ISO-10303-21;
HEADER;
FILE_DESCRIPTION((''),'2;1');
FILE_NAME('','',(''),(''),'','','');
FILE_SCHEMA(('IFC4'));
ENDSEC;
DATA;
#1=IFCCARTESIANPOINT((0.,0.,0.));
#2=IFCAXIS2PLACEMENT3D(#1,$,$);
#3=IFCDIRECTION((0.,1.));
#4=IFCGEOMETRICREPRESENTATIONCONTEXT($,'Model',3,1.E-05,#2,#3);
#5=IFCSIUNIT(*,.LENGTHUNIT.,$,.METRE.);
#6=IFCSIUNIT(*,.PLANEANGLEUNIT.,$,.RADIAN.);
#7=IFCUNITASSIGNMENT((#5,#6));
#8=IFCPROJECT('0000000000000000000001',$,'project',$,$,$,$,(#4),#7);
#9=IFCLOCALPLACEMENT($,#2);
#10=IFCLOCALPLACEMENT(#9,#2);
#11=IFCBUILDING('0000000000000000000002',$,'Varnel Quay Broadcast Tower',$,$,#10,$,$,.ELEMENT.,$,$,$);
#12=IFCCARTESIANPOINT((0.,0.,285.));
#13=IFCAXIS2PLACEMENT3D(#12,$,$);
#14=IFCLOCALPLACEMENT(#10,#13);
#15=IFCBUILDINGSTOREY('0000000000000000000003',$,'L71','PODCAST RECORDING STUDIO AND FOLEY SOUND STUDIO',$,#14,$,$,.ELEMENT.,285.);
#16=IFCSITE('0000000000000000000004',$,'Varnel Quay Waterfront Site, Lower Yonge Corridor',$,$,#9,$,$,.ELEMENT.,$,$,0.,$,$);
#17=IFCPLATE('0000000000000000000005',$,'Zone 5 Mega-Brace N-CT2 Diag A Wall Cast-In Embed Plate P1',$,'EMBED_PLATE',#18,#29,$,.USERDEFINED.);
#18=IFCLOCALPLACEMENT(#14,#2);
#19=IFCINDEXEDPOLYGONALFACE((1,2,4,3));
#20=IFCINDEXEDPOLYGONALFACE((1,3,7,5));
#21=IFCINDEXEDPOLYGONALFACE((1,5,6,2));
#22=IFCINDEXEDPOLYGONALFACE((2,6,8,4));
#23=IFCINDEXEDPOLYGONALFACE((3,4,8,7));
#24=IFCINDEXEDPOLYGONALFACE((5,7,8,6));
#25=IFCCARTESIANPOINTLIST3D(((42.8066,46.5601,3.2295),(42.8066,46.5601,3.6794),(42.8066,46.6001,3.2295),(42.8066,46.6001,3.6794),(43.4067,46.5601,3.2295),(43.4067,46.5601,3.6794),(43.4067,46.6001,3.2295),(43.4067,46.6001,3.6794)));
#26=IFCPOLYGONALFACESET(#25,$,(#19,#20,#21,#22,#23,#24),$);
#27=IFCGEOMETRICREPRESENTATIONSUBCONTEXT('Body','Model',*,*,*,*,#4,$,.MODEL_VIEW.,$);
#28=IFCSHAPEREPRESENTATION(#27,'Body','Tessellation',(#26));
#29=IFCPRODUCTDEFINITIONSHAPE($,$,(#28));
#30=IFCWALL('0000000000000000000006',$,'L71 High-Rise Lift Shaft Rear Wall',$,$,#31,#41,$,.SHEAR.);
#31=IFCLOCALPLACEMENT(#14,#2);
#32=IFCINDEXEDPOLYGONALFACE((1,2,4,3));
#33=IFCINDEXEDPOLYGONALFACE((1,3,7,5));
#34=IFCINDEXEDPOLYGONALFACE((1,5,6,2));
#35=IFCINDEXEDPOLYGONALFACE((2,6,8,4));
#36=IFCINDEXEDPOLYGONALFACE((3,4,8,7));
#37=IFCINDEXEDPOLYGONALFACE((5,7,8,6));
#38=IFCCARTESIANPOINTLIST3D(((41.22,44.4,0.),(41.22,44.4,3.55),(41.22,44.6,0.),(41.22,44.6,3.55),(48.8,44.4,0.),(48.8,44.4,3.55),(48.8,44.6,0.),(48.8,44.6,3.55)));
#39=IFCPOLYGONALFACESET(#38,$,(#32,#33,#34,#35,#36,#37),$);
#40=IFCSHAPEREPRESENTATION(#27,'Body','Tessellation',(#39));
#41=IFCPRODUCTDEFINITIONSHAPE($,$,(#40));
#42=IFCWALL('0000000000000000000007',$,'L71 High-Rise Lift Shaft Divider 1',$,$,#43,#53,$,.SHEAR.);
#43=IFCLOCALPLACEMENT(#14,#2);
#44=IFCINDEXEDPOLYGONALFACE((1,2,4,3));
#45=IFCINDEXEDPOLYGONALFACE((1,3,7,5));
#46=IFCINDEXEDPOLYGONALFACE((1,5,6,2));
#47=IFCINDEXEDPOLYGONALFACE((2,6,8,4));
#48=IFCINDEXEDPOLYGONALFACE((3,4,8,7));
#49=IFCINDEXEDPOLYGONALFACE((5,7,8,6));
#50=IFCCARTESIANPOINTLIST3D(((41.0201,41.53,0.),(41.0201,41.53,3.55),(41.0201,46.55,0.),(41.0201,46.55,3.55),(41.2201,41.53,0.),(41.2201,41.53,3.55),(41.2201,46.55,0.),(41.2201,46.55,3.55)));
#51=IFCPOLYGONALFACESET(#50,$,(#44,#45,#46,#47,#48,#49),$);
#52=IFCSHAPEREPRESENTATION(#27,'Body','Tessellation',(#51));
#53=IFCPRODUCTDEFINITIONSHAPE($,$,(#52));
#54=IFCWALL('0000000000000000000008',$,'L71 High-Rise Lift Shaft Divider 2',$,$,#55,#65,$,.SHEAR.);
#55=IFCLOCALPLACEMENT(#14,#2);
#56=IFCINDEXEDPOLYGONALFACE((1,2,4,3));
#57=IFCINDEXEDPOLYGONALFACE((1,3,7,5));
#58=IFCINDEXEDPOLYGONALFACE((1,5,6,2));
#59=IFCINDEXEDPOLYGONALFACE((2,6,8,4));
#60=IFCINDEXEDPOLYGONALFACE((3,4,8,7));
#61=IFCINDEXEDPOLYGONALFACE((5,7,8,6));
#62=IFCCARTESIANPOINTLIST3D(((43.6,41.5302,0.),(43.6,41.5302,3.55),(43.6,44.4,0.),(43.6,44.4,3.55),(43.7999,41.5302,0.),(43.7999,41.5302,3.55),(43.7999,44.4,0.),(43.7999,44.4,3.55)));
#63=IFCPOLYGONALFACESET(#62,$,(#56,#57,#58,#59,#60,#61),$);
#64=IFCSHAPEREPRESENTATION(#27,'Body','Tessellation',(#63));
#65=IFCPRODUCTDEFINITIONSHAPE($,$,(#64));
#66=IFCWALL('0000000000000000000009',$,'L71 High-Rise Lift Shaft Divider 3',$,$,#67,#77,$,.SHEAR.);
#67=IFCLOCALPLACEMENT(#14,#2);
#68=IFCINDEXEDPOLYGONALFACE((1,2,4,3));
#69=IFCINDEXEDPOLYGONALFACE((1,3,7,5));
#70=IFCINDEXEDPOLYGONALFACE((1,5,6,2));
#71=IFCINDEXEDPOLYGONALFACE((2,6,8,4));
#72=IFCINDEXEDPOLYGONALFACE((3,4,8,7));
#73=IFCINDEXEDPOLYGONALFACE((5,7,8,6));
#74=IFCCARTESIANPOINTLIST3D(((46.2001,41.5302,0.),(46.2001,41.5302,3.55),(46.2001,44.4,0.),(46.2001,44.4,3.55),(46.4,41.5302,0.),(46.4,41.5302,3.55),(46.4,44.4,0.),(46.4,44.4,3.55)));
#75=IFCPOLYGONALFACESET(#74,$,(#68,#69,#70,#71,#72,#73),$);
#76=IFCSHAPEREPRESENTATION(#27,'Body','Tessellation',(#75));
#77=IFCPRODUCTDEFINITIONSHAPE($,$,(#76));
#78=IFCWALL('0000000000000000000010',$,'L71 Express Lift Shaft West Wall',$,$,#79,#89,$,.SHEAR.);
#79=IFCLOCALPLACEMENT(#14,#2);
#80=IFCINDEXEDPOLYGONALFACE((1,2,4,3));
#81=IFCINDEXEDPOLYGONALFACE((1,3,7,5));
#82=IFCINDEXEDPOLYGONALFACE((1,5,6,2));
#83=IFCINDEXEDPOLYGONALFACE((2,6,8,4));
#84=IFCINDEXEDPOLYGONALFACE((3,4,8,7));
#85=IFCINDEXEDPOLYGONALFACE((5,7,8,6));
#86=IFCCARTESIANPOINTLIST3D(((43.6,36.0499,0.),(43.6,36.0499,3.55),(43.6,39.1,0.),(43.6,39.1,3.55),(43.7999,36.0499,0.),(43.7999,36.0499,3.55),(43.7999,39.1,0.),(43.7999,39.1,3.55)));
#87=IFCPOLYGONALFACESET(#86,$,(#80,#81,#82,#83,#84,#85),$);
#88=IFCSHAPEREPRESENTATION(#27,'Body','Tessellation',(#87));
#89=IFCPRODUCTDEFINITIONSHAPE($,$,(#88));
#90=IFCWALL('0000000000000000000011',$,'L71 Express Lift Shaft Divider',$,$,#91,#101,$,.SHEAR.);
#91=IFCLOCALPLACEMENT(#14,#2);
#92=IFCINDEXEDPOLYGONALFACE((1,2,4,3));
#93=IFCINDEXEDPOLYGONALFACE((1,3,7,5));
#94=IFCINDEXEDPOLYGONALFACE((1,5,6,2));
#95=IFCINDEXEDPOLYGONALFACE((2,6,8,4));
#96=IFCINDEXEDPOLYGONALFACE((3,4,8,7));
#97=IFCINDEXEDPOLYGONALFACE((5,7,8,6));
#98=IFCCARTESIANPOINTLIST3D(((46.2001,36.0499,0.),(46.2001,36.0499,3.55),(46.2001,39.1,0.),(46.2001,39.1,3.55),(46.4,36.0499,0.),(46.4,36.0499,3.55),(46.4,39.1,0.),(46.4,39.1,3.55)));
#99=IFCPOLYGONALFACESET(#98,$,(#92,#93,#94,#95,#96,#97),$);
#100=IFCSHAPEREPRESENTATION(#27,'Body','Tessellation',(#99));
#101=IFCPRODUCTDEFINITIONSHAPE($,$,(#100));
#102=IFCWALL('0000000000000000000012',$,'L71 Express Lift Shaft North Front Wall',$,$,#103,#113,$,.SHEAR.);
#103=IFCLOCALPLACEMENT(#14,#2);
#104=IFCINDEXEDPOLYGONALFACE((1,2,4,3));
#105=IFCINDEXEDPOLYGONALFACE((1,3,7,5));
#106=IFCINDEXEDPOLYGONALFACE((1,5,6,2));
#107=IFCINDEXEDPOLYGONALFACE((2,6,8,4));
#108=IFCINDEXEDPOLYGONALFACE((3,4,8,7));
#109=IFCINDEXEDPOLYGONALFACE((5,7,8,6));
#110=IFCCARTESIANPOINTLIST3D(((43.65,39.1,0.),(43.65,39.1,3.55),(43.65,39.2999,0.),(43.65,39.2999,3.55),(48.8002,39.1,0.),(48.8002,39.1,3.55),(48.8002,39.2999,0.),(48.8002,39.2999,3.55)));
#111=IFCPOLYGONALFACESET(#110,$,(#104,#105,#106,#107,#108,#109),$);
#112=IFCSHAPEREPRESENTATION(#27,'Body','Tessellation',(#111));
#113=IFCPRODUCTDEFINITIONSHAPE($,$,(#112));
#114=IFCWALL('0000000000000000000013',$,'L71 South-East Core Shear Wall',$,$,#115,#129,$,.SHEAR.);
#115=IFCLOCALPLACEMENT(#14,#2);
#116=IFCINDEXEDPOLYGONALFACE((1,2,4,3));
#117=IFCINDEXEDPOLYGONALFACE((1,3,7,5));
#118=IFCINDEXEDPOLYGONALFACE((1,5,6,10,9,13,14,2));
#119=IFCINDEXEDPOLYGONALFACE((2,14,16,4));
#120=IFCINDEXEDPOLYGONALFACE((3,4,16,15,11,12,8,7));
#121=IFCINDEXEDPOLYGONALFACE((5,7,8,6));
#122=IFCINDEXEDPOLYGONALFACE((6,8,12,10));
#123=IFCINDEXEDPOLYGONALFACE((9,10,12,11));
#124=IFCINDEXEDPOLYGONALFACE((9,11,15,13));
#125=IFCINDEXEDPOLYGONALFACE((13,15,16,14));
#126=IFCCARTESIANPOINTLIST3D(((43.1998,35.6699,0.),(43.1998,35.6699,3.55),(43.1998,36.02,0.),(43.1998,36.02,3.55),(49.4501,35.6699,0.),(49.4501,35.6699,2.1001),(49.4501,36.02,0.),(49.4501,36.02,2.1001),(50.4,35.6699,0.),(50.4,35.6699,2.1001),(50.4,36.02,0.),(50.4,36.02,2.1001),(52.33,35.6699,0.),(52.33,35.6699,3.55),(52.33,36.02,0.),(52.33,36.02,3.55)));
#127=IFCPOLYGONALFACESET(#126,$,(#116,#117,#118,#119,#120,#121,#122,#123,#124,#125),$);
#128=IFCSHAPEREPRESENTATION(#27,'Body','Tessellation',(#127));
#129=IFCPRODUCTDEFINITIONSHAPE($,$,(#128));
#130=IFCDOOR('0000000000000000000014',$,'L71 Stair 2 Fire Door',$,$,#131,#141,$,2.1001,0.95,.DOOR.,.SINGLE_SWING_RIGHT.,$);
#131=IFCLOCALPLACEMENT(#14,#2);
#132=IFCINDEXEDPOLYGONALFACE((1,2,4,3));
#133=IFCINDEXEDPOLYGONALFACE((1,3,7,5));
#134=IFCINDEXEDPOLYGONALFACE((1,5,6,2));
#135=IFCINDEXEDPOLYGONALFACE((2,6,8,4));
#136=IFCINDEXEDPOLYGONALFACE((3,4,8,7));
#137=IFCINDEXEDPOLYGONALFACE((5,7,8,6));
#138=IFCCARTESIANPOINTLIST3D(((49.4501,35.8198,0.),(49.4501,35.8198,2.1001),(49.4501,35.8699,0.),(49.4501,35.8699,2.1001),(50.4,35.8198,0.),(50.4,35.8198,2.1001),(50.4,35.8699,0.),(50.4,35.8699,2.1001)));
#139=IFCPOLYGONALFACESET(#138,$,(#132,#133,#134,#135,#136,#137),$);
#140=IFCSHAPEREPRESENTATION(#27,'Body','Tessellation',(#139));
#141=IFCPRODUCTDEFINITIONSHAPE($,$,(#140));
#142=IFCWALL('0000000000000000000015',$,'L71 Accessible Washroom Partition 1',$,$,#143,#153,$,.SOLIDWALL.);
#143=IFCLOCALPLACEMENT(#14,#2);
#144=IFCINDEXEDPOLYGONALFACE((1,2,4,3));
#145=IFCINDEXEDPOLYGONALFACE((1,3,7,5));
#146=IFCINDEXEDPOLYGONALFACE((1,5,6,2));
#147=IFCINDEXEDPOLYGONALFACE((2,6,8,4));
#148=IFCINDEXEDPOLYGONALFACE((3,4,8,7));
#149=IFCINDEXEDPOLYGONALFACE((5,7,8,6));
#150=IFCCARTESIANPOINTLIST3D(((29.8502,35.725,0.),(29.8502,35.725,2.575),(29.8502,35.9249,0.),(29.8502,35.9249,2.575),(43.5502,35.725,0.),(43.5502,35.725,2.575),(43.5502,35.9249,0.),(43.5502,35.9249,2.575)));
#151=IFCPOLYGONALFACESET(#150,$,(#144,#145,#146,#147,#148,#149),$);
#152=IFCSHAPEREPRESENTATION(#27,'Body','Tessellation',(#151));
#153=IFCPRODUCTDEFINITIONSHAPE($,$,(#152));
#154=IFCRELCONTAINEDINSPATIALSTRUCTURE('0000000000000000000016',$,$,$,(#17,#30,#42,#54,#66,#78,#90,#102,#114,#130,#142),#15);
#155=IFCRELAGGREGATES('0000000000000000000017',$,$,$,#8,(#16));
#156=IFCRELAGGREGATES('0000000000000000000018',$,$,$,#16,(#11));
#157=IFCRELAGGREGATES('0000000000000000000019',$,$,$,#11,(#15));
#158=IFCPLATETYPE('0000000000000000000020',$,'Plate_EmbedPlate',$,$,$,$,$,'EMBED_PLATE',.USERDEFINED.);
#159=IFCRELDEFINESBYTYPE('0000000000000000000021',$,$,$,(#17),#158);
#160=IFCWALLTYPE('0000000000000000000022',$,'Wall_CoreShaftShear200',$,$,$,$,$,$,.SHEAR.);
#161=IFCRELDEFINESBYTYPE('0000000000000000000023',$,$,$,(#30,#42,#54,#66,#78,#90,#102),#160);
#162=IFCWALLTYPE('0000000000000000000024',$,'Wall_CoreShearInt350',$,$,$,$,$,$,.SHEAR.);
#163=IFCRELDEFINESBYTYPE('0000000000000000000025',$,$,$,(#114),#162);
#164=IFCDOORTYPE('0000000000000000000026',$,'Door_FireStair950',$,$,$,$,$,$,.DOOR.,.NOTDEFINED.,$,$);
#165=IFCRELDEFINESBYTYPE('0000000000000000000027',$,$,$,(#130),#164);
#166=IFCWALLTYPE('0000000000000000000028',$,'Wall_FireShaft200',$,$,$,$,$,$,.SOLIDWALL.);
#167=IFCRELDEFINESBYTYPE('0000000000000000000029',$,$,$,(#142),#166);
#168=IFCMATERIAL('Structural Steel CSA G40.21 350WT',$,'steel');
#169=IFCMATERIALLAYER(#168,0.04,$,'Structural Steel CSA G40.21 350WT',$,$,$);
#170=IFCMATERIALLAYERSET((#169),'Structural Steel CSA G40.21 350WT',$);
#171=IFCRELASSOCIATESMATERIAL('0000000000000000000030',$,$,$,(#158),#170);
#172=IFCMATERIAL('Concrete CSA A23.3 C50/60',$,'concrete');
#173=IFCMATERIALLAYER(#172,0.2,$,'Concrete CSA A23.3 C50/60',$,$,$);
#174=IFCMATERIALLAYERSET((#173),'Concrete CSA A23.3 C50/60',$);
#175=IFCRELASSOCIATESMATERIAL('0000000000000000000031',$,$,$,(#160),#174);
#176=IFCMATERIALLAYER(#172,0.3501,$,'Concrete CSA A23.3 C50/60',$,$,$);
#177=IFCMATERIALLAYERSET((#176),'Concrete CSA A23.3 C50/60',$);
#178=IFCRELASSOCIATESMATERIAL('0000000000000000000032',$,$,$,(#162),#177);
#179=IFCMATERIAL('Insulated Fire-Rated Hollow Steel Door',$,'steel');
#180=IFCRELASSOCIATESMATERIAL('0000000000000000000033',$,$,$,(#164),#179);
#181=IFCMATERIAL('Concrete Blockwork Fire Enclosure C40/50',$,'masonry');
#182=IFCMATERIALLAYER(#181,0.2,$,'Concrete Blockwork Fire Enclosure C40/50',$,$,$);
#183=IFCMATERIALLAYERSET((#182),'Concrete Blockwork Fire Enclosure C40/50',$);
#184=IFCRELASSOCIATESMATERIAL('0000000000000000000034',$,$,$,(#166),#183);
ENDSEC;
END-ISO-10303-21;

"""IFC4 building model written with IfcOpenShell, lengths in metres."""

from ifc_helpers import new_model, si_unit, direction, frame, frame_2d, origin, origin_2d, place, context, subcontext, project, spatial, rectangle, extrude, source, transform, mapped, material, layer, layer_set, type_object, type_shapes, element, fill, save


model = new_model("IFC4")

# Units and contexts
model_context = context("Model", 3, precision=1e-05, world=origin(), true_north=direction((0.0, 1.0)))
body_context = subcontext(model_context, "Body", "Model", "MODEL_VIEW")
ifc_project = project(units=[si_unit("LENGTHUNIT", "METRE"), si_unit("PLANEANGLEUNIT", "RADIAN")], contexts=[model_context])

# Site, building, storey
site_placement = place(None, origin())
site = spatial("IfcSite", under=ifc_project, at=site_placement, Name="Varnel Quay Waterfront Site, Lower Yonge Corridor", CompositionType="ELEMENT", RefElevation=0.0)
building_placement = place(site_placement, origin())
building = spatial("IfcBuilding", under=site, at=building_placement, Name="Varnel Quay Broadcast Tower", CompositionType="ELEMENT")
storey_placement = place(building_placement, frame((0.0, 0.0, 285.0)))
storey = spatial("IfcBuildingStorey", under=building, at=storey_placement, Name="L71", Description="PODCAST RECORDING STUDIO AND FOLEY SOUND STUDIO", CompositionType="ELEMENT", Elevation=285.0)

# Shared definitions
ifc_material_1 = material(Name="Structural Steel CSA G40.21 350WT", Category="steel")

# Shared definitions
ifc_material_2 = material(Name="Concrete CSA A23.3 C50/60", Category="concrete")

# Plate
ifc_layer_1 = layer(ifc_material_1, 0.04, Name="Structural Steel CSA G40.21 350WT")
ifc_layer_set_1 = layer_set([ifc_layer_1], Name="Structural Steel CSA G40.21 350WT")
plate_type = type_object("IfcPlateType", Name="Plate_EmbedPlate", ElementType="EMBED_PLATE", PredefinedType="USERDEFINED", material=ifc_layer_set_1)
shared_shape_1 = source(origin(), body_context, "Body", "SweptSolid", [
    extrude(rectangle(XDim=0.6001, YDim=0.04, at=origin_2d()), origin(), (0.0, 0.0, 1.0), 0.45),
])
type_shapes(plate_type, [shared_shape_1])
plate_placement = place(storey_placement, frame((43.1067, 46.5801, 3.2295), z_axis=(0.0, 0.0, 1.0), x_axis=(1.0, 0.0, 0.0)))
element("IfcPlate", 1, at=plate_placement, inside=storey, type_object=plate_type, Name="Zone 5 Mega-Brace N-CT2 Diag A Wall Cast-In Embed Plate P1", ObjectType="EMBED_PLATE", PredefinedType="USERDEFINED", context=body_context, shape_type="MappedRepresentation", body=[
    mapped(shared_shape_1, transform((0.0, 0.0, 0.0), x_axis=(1.0, 0.0, 0.0), y_axis=(0.0, 1.0, 0.0), z_axis=(0.0, 0.0, 1.0), scale=1.0)),
])

# Walls
ifc_layer_2 = layer(ifc_material_2, 0.2, Name="Concrete CSA A23.3 C50/60")
ifc_layer_set_2 = layer_set([ifc_layer_2], Name="Concrete CSA A23.3 C50/60")
wall_type_1 = type_object("IfcWallType", Name="Wall_CoreShaftShear200", PredefinedType="SHEAR", material=ifc_layer_set_2)
wall_1_placement = place(storey_placement, frame((41.22, 44.5, 0.0), z_axis=(0.0, 0.0, 1.0), x_axis=(1.0, 0.0, 0.0)))
element("IfcWall", 2, at=wall_1_placement, inside=storey, type_object=wall_type_1, Name="L71 High-Rise Lift Shaft Rear Wall", PredefinedType="SHEAR", context=body_context, shape_type="SweptSolid", body=[
    extrude(rectangle(XDim=7.5801, YDim=0.2, at=frame_2d((3.79, 0.0))), origin(), (0.0, 0.0, 1.0), 3.55),
])
wall_2_placement = place(storey_placement, frame((41.1201, 41.53, 0.0), z_axis=(0.0, 0.0, 1.0), x_axis=(0.0, 1.0, 0.0)))
element("IfcWall", 3, at=wall_2_placement, inside=storey, type_object=wall_type_1, Name="L71 High-Rise Lift Shaft Divider 1", PredefinedType="SHEAR", context=body_context, shape_type="SweptSolid", body=[
    extrude(rectangle(XDim=5.02, YDim=0.2, at=frame_2d((2.51, 0.0))), origin(), (0.0, 0.0, 1.0), 3.55),
])
for number, where, z_axis, x_axis, name in (
    (4, (43.7, 41.53, 0.0), (0.0, 0.0, 1.0), (0.0, 1.0, 0.0), "L71 High-Rise Lift Shaft Divider 2"),
    (5, (46.3, 41.53, 0.0), (0.0, 0.0, 1.0), (0.0, 1.0, 0.0), "L71 High-Rise Lift Shaft Divider 3"),
):
    element("IfcWall", number, at=place(storey_placement, frame(where, z_axis=z_axis, x_axis=x_axis)), inside=storey, type_object=wall_type_1, Name=name, PredefinedType="SHEAR", context=body_context, shape_type="SweptSolid", body=[
        extrude(rectangle(XDim=2.8699, YDim=0.2, at=frame_2d((1.4351, 0.0))), origin(), (0.0, 0.0, 1.0), 3.55),
    ])
for number, where, z_axis, x_axis, name in (
    (6, (43.7, 36.05, 0.0), (0.0, 0.0, 1.0), (0.0, 1.0, 0.0), "L71 Express Lift Shaft West Wall"),
    (7, (46.3, 36.05, 0.0), (0.0, 0.0, 1.0), (0.0, 1.0, 0.0), "L71 Express Lift Shaft Divider"),
):
    element("IfcWall", number, at=place(storey_placement, frame(where, z_axis=z_axis, x_axis=x_axis)), inside=storey, type_object=wall_type_1, Name=name, PredefinedType="SHEAR", context=body_context, shape_type="SweptSolid", body=[
        extrude(rectangle(XDim=3.05, YDim=0.2, at=frame_2d((1.5249, 0.0))), origin(), (0.0, 0.0, 1.0), 3.55),
    ])
wall_3_placement = place(storey_placement, frame((43.6499, 39.2, 0.0), z_axis=(0.0, 0.0, 1.0), x_axis=(1.0, 0.0, 0.0)))
element("IfcWall", 8, at=wall_3_placement, inside=storey, type_object=wall_type_1, Name="L71 Express Lift Shaft North Front Wall", PredefinedType="SHEAR", context=body_context, shape_type="SweptSolid", body=[
    extrude(rectangle(XDim=5.1501, YDim=0.2, at=frame_2d((2.5752, 0.0))), origin(), (0.0, 0.0, 1.0), 3.55),
])

# Wall, opening, door
ifc_layer_3 = layer(ifc_material_2, 0.3501, Name="Concrete CSA A23.3 C50/60")
ifc_layer_set_3 = layer_set([ifc_layer_3], Name="Concrete CSA A23.3 C50/60")
wall_type_2 = type_object("IfcWallType", Name="Wall_CoreShearInt350", PredefinedType="SHEAR", material=ifc_layer_set_3)
wall_4_placement = place(storey_placement, frame((43.2, 35.845, 0.0), z_axis=(0.0, 0.0, 1.0), x_axis=(1.0, 0.0, 0.0)))
wall_4 = element("IfcWall", 9, at=wall_4_placement, inside=storey, type_object=wall_type_2, Name="L71 South-East Core Shear Wall", PredefinedType="SHEAR", context=body_context, shape_type="SweptSolid", body=[
    extrude(rectangle(XDim=9.1301, YDim=0.3501, at=frame_2d((4.5649, 0.0))), origin(), (0.0, 0.0, 1.0), 3.55),
])
opening_1_placement = place(wall_4_placement, frame((6.25, 0.0, 0.0)))
opening_1 = element("IfcOpeningElement", 10, at=opening_1_placement, cuts=wall_4, PredefinedType="OPENING", context=body_context, shape_type="SweptSolid", body=[
    extrude(rectangle(XDim=0.95, YDim=2.1001, at=frame_2d((0.4751, 1.05))), frame((0.0, 0.1851, 0.0), z_axis=(0.0, -1.0, 0.0), x_axis=(1.0, 0.0, 0.0)), (0.0, 0.0, 1.0), 0.3701),
])
ifc_material_3 = material(Name="Insulated Fire-Rated Hollow Steel Door", Category="steel")
door_type_1 = type_object("IfcDoorType", Name="Door_FireStair950", OperationType="NOTDEFINED", PredefinedType="DOOR", material=ifc_material_3)
shared_shape_2 = source(origin(), body_context, "Body", "SweptSolid", [
    extrude(rectangle(XDim=0.95, YDim=2.1001, at=frame_2d((0.4751, 1.05))), frame((0.0, 0.0249, 0.0), z_axis=(0.0, -1.0, 0.0), x_axis=(1.0, 0.0, 0.0)), (0.0, 0.0, 1.0), 0.05),
])
type_shapes(door_type_1, [shared_shape_2])
door_1_placement = place(opening_1_placement, origin())
door_1 = element("IfcDoor", 11, at=door_1_placement, inside=storey, type_object=door_type_1, Name="L71 Stair 2 Fire Door", OperationType="SINGLE_SWING_RIGHT", OverallHeight=2.1001, OverallWidth=0.95, PredefinedType="DOOR", context=body_context, shape_type="MappedRepresentation", body=[
    mapped(shared_shape_2, transform((0.0, 0.0, 0.0), x_axis=(1.0, 0.0, 0.0), y_axis=(0.0, 1.0, 0.0), z_axis=(0.0, 0.0, 1.0), scale=1.0)),
])
fill(opening_1, door_1)

# Wall
ifc_material_4 = material(Name="Concrete Blockwork Fire Enclosure C40/50", Category="masonry")
ifc_layer_4 = layer(ifc_material_4, 0.2, Name="Concrete Blockwork Fire Enclosure C40/50")
ifc_layer_set_4 = layer_set([ifc_layer_4], Name="Concrete Blockwork Fire Enclosure C40/50")
wall_type_3 = type_object("IfcWallType", Name="Wall_FireShaft200", PredefinedType="SOLIDWALL", material=ifc_layer_set_4)
wall_5_placement = place(storey_placement, frame((29.8501, 35.825, 0.0), z_axis=(0.0, 0.0, 1.0), x_axis=(1.0, 0.0, 0.0)))
element("IfcWall", 12, at=wall_5_placement, inside=storey, type_object=wall_type_3, Name="L71 Accessible Washroom Partition 1", PredefinedType="SOLIDWALL", context=body_context, shape_type="SweptSolid", body=[
    extrude(rectangle(XDim=13.7, YDim=0.2, at=frame_2d((6.8501, 0.0))), origin(), (0.0, 0.0, 1.0), 2.575),
])

save(model, "model.ifc")
